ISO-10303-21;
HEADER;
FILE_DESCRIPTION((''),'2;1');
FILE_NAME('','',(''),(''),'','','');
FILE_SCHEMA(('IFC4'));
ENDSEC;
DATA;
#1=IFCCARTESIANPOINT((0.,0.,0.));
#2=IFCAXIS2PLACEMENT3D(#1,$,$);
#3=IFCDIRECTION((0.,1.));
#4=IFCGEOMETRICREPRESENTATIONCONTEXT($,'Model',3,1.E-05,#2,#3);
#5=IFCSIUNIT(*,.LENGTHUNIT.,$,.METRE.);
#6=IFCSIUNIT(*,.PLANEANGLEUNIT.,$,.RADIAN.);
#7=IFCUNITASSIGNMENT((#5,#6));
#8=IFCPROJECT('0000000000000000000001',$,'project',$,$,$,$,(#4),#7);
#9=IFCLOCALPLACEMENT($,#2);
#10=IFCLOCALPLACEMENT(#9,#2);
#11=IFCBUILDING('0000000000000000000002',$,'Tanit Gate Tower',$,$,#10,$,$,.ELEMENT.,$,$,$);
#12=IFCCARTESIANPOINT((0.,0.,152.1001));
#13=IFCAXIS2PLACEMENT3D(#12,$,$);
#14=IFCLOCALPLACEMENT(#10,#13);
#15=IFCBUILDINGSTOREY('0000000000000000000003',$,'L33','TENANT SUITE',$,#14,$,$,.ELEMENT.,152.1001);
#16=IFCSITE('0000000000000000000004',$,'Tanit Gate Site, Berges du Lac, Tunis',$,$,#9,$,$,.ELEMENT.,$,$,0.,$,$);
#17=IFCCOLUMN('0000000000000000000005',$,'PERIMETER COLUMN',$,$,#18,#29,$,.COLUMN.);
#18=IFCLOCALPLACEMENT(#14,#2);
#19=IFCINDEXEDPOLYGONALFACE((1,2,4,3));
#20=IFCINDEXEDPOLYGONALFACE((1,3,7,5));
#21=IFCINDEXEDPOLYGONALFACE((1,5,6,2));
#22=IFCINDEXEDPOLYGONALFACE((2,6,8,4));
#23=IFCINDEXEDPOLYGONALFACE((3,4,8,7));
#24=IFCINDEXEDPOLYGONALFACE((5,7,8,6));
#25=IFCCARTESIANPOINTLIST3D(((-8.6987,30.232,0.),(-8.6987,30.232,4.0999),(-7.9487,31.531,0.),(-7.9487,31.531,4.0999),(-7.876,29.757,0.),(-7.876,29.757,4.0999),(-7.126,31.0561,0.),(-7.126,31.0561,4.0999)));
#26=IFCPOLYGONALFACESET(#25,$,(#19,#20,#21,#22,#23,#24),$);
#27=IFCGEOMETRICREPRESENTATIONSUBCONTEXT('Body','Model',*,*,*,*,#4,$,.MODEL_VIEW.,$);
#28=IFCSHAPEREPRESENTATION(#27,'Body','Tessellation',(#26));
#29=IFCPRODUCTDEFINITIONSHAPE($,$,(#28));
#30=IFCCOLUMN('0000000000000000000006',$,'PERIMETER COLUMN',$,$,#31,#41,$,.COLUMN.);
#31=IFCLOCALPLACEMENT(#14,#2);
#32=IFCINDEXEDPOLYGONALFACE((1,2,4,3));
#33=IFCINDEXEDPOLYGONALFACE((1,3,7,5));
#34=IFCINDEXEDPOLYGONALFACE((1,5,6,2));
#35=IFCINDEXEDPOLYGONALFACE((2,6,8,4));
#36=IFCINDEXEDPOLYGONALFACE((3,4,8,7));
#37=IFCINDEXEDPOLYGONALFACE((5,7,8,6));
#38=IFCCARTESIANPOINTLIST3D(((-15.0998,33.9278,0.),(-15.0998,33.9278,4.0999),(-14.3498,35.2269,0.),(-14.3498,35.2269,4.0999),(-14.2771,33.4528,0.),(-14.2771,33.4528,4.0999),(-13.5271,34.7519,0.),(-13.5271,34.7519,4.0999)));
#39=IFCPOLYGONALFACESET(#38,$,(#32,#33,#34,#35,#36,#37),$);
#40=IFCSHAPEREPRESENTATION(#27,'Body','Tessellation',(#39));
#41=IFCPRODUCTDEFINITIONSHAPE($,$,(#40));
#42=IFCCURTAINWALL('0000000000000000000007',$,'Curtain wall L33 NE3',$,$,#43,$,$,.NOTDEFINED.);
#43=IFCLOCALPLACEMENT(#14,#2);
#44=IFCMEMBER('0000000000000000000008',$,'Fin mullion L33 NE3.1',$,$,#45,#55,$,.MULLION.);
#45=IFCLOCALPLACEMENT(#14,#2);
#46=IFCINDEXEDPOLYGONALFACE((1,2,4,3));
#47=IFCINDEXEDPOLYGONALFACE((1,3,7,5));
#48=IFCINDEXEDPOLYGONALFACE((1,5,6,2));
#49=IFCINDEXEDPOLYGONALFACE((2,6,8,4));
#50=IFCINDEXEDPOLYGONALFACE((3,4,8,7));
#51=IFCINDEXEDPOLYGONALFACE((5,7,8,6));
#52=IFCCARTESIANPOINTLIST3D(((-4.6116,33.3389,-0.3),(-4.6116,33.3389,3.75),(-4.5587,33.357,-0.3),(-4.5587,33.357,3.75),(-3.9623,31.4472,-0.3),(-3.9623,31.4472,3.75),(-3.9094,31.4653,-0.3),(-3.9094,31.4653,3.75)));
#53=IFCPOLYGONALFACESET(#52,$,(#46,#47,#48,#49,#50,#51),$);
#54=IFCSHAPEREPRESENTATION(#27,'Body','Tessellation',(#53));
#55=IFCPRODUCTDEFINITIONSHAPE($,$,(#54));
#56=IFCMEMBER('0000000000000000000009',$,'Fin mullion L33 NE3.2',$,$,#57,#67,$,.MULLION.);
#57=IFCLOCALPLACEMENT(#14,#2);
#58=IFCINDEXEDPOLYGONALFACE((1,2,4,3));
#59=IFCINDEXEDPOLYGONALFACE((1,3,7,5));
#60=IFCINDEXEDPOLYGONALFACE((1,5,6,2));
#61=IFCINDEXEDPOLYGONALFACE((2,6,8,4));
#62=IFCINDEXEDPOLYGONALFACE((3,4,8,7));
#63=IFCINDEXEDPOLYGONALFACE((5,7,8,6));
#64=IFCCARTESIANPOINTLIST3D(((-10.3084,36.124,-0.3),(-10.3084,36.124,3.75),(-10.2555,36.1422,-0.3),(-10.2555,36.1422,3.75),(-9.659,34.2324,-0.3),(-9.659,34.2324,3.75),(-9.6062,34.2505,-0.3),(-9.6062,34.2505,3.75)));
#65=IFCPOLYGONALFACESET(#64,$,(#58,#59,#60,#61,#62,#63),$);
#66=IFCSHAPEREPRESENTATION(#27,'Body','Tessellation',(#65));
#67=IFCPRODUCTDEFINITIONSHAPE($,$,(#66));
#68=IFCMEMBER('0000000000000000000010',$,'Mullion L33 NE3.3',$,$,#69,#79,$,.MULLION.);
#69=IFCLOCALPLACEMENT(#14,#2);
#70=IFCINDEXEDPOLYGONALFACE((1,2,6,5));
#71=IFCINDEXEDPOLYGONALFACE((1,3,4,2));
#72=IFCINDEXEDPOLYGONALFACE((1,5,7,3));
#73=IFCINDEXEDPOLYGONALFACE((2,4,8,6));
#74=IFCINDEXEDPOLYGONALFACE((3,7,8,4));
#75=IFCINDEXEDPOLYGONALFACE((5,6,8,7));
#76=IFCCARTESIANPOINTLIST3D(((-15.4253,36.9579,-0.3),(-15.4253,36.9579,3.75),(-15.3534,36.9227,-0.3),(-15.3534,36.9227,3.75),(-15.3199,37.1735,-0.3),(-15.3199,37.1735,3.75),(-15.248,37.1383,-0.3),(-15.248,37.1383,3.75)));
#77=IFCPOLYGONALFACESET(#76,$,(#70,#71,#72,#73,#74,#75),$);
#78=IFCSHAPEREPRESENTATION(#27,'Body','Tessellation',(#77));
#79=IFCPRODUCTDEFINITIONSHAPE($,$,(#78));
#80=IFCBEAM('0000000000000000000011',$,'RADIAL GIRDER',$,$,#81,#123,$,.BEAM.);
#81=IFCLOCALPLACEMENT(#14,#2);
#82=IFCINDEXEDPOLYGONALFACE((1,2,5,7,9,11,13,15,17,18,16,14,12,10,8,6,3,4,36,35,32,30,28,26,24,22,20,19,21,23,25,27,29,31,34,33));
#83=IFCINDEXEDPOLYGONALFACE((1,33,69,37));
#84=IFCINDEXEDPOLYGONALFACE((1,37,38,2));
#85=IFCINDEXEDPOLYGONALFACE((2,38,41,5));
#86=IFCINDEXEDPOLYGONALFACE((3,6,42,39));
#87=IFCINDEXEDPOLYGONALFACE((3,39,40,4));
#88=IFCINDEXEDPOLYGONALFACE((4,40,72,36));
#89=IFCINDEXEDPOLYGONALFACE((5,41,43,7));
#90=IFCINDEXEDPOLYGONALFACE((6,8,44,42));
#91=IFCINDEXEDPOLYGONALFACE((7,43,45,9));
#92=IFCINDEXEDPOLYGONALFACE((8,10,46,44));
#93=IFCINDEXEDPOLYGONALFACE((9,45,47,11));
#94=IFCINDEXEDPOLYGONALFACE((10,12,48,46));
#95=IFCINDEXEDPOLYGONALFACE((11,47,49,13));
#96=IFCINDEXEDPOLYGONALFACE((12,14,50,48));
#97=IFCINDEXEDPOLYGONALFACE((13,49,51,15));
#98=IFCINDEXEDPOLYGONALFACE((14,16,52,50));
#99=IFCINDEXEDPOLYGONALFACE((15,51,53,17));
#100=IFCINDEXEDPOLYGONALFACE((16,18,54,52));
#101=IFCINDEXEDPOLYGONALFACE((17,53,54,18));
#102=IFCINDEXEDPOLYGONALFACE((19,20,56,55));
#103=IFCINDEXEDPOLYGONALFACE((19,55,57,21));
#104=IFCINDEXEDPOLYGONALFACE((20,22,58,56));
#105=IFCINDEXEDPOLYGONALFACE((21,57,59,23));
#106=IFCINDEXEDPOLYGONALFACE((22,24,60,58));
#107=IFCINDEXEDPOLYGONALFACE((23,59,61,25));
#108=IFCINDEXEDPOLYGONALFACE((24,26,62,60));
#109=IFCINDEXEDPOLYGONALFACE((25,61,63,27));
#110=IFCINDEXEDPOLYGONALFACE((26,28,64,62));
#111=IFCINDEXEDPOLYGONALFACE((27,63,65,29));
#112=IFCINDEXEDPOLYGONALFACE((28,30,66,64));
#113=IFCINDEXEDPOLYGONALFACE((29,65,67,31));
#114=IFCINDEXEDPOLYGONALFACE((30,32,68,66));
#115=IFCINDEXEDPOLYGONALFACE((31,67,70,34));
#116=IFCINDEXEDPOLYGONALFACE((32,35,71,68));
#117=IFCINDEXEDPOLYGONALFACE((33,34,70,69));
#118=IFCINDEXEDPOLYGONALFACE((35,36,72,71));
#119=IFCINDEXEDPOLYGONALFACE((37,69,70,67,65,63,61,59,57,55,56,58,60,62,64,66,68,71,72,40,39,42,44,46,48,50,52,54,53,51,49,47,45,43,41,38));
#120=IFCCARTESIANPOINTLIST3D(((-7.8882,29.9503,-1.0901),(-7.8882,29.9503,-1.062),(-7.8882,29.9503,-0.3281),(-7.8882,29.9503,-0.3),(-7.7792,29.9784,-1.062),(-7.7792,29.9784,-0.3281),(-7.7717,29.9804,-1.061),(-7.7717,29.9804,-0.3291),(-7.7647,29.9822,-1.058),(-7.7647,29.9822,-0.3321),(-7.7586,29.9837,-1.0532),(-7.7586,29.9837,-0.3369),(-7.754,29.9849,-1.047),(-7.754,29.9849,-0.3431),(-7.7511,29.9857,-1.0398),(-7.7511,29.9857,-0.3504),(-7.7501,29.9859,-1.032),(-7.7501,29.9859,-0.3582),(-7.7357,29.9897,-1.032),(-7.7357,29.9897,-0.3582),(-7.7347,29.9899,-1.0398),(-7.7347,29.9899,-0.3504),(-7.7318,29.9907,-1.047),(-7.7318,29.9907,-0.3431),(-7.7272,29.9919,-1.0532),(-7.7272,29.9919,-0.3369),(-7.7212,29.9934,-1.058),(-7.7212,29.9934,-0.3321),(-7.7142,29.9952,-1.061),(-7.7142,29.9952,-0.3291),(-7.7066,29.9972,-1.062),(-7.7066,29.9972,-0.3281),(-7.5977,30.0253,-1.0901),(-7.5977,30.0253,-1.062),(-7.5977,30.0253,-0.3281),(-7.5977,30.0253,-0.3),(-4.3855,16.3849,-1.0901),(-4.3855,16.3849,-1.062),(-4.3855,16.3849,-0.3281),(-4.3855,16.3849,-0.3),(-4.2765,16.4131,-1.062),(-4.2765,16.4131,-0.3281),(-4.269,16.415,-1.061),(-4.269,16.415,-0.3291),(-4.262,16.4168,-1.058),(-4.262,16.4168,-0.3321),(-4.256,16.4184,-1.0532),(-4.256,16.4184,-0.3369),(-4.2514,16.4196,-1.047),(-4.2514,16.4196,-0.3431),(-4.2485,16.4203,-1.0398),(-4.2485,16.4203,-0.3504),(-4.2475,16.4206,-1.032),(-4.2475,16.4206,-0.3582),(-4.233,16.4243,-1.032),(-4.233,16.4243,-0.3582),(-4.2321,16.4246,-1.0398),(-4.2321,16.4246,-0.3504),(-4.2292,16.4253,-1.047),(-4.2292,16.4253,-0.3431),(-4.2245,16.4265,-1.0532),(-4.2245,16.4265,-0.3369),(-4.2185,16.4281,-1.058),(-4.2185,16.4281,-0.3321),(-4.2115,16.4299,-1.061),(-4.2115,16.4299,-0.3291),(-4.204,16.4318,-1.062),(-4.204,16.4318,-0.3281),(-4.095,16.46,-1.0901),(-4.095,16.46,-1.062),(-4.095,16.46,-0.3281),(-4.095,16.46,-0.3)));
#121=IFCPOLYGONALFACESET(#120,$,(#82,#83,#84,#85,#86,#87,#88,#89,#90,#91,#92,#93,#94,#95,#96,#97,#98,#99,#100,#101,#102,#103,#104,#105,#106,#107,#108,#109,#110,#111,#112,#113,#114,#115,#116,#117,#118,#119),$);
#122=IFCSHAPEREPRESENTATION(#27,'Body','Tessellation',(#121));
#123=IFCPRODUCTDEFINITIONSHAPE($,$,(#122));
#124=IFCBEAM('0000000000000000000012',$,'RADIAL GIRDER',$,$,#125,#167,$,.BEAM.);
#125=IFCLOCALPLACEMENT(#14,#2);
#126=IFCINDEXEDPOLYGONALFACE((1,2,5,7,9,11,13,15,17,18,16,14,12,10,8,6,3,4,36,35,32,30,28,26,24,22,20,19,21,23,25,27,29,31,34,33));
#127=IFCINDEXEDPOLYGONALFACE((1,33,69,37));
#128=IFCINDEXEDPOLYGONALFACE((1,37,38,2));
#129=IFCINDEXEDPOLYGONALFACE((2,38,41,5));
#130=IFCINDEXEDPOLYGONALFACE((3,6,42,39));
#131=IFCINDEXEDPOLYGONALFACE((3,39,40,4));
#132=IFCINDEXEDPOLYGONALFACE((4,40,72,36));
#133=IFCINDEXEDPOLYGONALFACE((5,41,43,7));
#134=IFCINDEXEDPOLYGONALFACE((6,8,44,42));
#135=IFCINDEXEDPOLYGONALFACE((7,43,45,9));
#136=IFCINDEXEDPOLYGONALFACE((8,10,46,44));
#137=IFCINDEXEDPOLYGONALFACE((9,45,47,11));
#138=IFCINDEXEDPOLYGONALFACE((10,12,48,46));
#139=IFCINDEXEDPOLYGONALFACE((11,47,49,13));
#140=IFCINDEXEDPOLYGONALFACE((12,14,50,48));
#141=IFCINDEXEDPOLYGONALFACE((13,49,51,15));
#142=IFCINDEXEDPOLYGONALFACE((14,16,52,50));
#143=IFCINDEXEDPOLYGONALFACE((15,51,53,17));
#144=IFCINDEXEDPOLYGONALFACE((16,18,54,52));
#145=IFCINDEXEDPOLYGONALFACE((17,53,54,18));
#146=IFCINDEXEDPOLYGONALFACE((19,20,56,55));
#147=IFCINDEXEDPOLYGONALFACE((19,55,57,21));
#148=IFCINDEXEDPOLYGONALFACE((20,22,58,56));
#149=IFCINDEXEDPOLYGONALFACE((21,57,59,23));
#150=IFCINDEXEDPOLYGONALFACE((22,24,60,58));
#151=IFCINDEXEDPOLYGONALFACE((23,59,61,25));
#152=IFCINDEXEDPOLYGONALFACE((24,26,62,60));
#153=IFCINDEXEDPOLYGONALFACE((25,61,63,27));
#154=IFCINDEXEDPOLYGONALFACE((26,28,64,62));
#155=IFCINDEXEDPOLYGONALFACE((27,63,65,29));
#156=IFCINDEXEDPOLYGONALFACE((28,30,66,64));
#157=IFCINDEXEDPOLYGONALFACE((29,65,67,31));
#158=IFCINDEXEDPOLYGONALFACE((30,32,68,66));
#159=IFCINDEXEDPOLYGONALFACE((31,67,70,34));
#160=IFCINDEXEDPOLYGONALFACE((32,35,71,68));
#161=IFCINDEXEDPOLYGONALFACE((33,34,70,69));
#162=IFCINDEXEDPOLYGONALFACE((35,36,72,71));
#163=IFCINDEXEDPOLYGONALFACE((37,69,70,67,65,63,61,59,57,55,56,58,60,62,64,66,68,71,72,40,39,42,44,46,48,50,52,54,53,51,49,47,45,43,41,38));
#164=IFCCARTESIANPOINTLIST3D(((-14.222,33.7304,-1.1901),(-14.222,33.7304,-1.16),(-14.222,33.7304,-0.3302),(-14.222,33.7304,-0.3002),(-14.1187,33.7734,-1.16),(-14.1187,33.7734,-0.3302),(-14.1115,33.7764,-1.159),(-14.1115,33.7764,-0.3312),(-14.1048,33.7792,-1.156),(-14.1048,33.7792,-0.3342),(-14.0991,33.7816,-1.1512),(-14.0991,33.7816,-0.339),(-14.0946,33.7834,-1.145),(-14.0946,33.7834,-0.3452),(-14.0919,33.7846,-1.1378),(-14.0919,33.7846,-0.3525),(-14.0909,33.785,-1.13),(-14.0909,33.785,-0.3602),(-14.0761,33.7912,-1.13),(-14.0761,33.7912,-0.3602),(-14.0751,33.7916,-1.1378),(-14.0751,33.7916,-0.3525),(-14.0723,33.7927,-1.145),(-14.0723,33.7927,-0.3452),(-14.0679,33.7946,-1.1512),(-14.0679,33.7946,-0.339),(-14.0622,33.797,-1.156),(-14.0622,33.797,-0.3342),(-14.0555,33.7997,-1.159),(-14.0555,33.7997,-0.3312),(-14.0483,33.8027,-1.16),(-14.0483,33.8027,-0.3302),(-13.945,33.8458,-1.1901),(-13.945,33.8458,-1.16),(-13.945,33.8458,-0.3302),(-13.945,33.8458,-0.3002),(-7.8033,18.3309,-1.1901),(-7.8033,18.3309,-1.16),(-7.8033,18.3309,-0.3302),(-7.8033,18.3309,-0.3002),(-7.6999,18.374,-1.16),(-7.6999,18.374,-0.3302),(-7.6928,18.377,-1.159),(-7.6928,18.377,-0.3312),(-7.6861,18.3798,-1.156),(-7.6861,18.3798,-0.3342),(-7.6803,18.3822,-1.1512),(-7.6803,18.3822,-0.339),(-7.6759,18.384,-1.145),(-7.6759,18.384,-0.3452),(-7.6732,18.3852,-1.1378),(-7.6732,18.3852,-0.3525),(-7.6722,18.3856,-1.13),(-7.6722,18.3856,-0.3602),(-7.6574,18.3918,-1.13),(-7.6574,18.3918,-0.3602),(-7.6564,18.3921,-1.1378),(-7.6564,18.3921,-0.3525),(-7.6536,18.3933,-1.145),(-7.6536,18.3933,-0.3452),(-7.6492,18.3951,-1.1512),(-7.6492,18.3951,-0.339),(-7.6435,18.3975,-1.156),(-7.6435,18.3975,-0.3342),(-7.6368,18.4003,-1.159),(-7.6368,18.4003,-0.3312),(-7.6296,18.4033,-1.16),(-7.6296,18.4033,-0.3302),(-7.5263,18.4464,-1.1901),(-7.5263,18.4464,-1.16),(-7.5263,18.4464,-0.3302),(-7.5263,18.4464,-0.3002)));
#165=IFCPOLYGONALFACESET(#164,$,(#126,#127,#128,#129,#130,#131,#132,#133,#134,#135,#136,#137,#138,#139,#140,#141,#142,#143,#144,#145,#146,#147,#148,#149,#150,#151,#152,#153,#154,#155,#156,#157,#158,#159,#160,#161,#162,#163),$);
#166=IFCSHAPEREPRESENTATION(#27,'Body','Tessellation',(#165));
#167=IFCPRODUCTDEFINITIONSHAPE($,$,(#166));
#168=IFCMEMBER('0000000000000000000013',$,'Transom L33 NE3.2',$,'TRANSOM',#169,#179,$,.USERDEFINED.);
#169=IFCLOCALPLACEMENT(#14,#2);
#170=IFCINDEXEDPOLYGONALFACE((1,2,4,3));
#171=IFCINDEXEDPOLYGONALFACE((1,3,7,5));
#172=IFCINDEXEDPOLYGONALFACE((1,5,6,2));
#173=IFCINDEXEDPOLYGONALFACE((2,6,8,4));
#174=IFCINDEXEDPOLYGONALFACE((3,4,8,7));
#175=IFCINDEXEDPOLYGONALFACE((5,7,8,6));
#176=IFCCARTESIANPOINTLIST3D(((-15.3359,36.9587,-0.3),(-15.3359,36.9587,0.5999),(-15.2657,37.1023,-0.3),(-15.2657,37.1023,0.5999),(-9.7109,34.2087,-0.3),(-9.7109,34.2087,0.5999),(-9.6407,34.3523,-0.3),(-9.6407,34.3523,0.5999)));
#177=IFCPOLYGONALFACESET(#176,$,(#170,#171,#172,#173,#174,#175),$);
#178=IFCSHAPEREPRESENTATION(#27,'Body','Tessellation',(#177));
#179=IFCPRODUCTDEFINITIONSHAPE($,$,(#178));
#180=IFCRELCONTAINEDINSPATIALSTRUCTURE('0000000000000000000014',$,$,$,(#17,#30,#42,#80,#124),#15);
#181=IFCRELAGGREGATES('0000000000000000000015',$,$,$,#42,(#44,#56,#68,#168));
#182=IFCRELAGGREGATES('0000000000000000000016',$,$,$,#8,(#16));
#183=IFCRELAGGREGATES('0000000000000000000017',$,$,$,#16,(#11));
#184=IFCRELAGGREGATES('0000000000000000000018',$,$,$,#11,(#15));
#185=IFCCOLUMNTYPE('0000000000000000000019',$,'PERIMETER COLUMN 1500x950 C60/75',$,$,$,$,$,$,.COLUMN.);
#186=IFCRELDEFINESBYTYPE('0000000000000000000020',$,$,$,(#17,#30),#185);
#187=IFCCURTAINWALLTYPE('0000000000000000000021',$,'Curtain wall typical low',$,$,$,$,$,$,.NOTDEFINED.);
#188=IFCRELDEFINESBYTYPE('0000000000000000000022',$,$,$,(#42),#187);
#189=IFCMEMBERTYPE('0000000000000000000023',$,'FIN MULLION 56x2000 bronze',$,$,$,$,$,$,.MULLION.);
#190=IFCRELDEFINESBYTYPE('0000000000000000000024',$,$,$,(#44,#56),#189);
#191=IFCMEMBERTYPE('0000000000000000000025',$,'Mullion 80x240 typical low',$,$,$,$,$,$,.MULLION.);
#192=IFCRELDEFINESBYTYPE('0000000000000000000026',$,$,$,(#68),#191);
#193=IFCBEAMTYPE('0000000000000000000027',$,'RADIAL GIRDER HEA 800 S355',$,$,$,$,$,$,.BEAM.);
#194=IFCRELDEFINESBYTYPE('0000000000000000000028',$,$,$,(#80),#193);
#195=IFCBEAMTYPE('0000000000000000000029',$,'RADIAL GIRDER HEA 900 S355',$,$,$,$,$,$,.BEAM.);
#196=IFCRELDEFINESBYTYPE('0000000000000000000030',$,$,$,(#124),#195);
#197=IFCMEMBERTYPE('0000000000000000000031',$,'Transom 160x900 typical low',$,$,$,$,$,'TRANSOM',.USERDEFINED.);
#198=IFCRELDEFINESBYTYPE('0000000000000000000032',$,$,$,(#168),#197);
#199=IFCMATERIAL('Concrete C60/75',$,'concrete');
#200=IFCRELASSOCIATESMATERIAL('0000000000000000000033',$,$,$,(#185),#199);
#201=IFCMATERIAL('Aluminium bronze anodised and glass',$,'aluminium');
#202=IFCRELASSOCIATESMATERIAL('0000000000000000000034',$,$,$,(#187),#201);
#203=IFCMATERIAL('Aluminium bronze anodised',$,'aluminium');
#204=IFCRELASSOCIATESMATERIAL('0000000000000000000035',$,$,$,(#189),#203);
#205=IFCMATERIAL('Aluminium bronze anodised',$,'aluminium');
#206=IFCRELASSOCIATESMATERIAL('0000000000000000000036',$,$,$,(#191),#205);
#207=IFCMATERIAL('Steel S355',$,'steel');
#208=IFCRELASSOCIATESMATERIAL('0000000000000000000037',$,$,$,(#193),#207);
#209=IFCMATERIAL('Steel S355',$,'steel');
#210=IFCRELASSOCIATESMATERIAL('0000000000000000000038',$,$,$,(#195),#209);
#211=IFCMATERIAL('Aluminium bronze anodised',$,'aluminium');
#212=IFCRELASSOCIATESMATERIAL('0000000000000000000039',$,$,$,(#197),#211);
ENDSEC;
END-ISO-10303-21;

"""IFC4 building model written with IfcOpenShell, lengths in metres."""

from ifc_helpers import new_model, si_unit, direction, frame, origin, origin_2d, place, context, subcontext, project, spatial, rectangle, i_section, extrude, material, material_profile, profile_set, type_object, element, aggregate, save


model = new_model("IFC4")

# Units and contexts
model_context = context("Model", 3, precision=1e-05, world=origin(), true_north=direction((0.0, 1.0)))
body_context = subcontext(model_context, "Body", "Model", "MODEL_VIEW")
ifc_project = project(units=[si_unit("LENGTHUNIT", "METRE"), si_unit("PLANEANGLEUNIT", "RADIAN")], contexts=[model_context])

# Site, building, storey
site_placement = place(None, origin())
site = spatial("IfcSite", under=ifc_project, at=site_placement, Name="Tanit Gate Site, Berges du Lac, Tunis", CompositionType="ELEMENT", RefElevation=0.0)
building_placement = place(site_placement, origin())
building = spatial("IfcBuilding", under=site, at=building_placement, Name="Tanit Gate Tower", CompositionType="ELEMENT")
storey_placement = place(building_placement, frame((0.0, 0.0, 152.1001)))
storey = spatial("IfcBuildingStorey", under=building, at=storey_placement, Name="L33", Description="TENANT SUITE", CompositionType="ELEMENT", Elevation=152.1001)

# Columns
ifc_material_1 = material(Name="Concrete C60/75", Category="concrete")
ifc_material_profile_1 = material_profile(ifc_material_1, rectangle(XDim=1.5, YDim=0.95, at=origin_2d()), Name="RC 1500x950")
ifc_profile_set_1 = profile_set([ifc_material_profile_1], Name="Concrete C60/75")
column_type = type_object("IfcColumnType", Name="PERIMETER COLUMN 1500x950 C60/75", PredefinedType="COLUMN", material=ifc_profile_set_1)
for number, where, z_axis, x_axis, name in (
    (1, (-7.9124, 30.644, 0.0), (0.0, 0.0, 1.0), (0.5, 0.866025, 0.0), "PERIMETER COLUMN"),
    (2, (-14.3135, 34.3398, 0.0), (0.0, 0.0, 1.0), (0.5, 0.866025, 0.0), "PERIMETER COLUMN"),
):
    element("IfcColumn", number, at=place(storey_placement, frame(where, z_axis=z_axis, x_axis=x_axis)), inside=storey, type_object=column_type, Name=name, PredefinedType="COLUMN", context=body_context, shape_type="SweptSolid", body=[
        extrude(rectangle(XDim=1.5, YDim=0.95, at=origin_2d()), origin(), (0.0, 0.0, 1.0), 4.0999),
    ])

# Curtain wall, members
ifc_material_2 = material(Name="Aluminium bronze anodised and glass", Category="aluminium")
curtain_wall_type = type_object("IfcCurtainWallType", Name="Curtain wall typical low", PredefinedType="NOTDEFINED", material=ifc_material_2)
curtain_wall_placement = place(storey_placement, origin())
curtain_wall = element("IfcCurtainWall", 3, at=curtain_wall_placement, inside=storey, type_object=curtain_wall_type, Name="Curtain wall L33 NE3", PredefinedType="NOTDEFINED")
ifc_material_3 = material(Name="Aluminium bronze anodised", Category="aluminium")
ifc_material_profile_2 = material_profile(ifc_material_3, rectangle(XDim=2.0, YDim=0.0559, at=origin_2d()), Name="56x2000 bronze fin mullion")
ifc_profile_set_2 = profile_set([ifc_material_profile_2], Name="Aluminium bronze anodised")
member_type_1 = type_object("IfcMemberType", Name="FIN MULLION 56x2000 bronze", PredefinedType="MULLION", material=ifc_profile_set_2)
member_1_placement = place(storey_placement, frame((-4.2605, 32.4021, -0.3), z_axis=(0.0, 0.0, 1.0), x_axis=(0.324673, -0.945826, 0.0)))
member_1 = element("IfcMember", 4, at=member_1_placement, type_object=member_type_1, Name="Fin mullion L33 NE3.1", PredefinedType="MULLION", context=body_context, shape_type="SweptSolid", body=[
    extrude(rectangle(XDim=2.0, YDim=0.0559, at=origin_2d()), origin(), (0.0, 0.0, 1.0), 4.05),
])
member_2_placement = place(storey_placement, frame((-9.9573, 35.1873, -0.3), z_axis=(0.0, 0.0, 1.0), x_axis=(0.324673, -0.945826, 0.0)))
member_2 = element("IfcMember", 5, at=member_2_placement, type_object=member_type_1, Name="Fin mullion L33 NE3.2", PredefinedType="MULLION", context=body_context, shape_type="SweptSolid", body=[
    extrude(rectangle(XDim=2.0, YDim=0.0559, at=origin_2d()), origin(), (0.0, 0.0, 1.0), 4.05),
])
ifc_material_4 = material(Name="Aluminium bronze anodised", Category="aluminium")
ifc_material_profile_3 = material_profile(ifc_material_4, rectangle(XDim=0.24, YDim=0.0801, at=origin_2d()), Name="80x240 bronze mullion")
ifc_profile_set_3 = profile_set([ifc_material_profile_3], Name="Aluminium bronze anodised")
member_type_2 = type_object("IfcMemberType", Name="Mullion 80x240 typical low", PredefinedType="MULLION", material=ifc_profile_set_3)
member_3_placement = place(storey_placement, frame((-15.3367, 37.0481, -0.3), z_axis=(0.0, 0.0, 1.0), x_axis=(-0.439222, -0.898379, 0.0)))
member_3 = element("IfcMember", 6, at=member_3_placement, type_object=member_type_2, Name="Mullion L33 NE3.3", PredefinedType="MULLION", context=body_context, shape_type="SweptSolid", body=[
    extrude(rectangle(XDim=0.24, YDim=0.0801, at=origin_2d()), origin(), (0.0, 0.0, 1.0), 4.05),
])

# Beams
ifc_material_5 = material(Name="Steel S355", Category="steel")
ifc_material_profile_4 = material_profile(ifc_material_5, i_section(OverallWidth=0.3, OverallDepth=0.79, WebThickness=0.0149, FlangeThickness=0.0281, FilletRadius=0.03, at=origin_2d()), Name="HEA 800")
ifc_profile_set_4 = profile_set([ifc_material_profile_4], Name="Steel S355")
beam_type_1 = type_object("IfcBeamType", Name="RADIAL GIRDER HEA 800 S355", PredefinedType="BEAM", material=ifc_profile_set_4)
beam_1_placement = place(storey_placement, frame((-7.7429, 29.9878, -0.6951), z_axis=(0.250007, -0.968244, 0.0), x_axis=(0.968244, 0.250007, 0.0)))
element("IfcBeam", 7, at=beam_1_placement, inside=storey, type_object=beam_type_1, Name="RADIAL GIRDER", PredefinedType="BEAM", context=body_context, shape_type="SweptSolid", body=[
    extrude(i_section(OverallWidth=0.3, OverallDepth=0.79, WebThickness=0.0149, FlangeThickness=0.0281, FilletRadius=0.03, at=origin_2d()), origin(), (0.0, 0.0, 1.0), 14.0103),
])
ifc_material_6 = material(Name="Steel S355", Category="steel")
ifc_material_profile_5 = material_profile(ifc_material_6, i_section(OverallWidth=0.3, OverallDepth=0.8899, WebThickness=0.0161, FlangeThickness=0.03, FilletRadius=0.03, at=origin_2d()), Name="HEA 900")
ifc_profile_set_5 = profile_set([ifc_material_profile_5], Name="Steel S355")
beam_type_2 = type_object("IfcBeamType", Name="RADIAL GIRDER HEA 900 S355", PredefinedType="BEAM", material=ifc_profile_set_5)
beam_2_placement = place(storey_placement, frame((-14.0835, 33.7881, -0.7451), z_axis=(0.384732, -0.923028, 0.0), x_axis=(0.923028, 0.384732, 0.0)))
element("IfcBeam", 8, at=beam_2_placement, inside=storey, type_object=beam_type_2, Name="RADIAL GIRDER", PredefinedType="BEAM", context=body_context, shape_type="SweptSolid", body=[
    extrude(i_section(OverallWidth=0.3, OverallDepth=0.8899, WebThickness=0.0161, FlangeThickness=0.03, FilletRadius=0.03, at=origin_2d()), origin(), (0.0, 0.0, 1.0), 16.6836),
])

# Member
ifc_material_7 = material(Name="Aluminium bronze anodised", Category="aluminium")
ifc_material_profile_6 = material_profile(ifc_material_7, rectangle(XDim=0.1599, YDim=0.8999, at=origin_2d()), Name="160x900 bronze transom")
ifc_profile_set_6 = profile_set([ifc_material_profile_6], Name="Aluminium bronze anodised")
member_type_3 = type_object("IfcMemberType", Name="Transom 160x900 typical low", ElementType="TRANSOM", PredefinedType="USERDEFINED", material=ifc_profile_set_6)
member_4_placement = place(storey_placement, frame((-9.6758, 34.2805, 0.1499), z_axis=(-0.898384, 0.43921, 0.0), x_axis=(-0.43921, -0.898384, 0.0)))
member_4 = element("IfcMember", 9, at=member_4_placement, type_object=member_type_3, Name="Transom L33 NE3.2", ObjectType="TRANSOM", PredefinedType="USERDEFINED", context=body_context, shape_type="SweptSolid", body=[
    extrude(rectangle(XDim=0.1599, YDim=0.8999, at=origin_2d()), origin(), (0.0, 0.0, 1.0), 6.2612),
])

aggregate(curtain_wall, [member_1, member_2, member_3, member_4])

save(model, "model.ifc")
